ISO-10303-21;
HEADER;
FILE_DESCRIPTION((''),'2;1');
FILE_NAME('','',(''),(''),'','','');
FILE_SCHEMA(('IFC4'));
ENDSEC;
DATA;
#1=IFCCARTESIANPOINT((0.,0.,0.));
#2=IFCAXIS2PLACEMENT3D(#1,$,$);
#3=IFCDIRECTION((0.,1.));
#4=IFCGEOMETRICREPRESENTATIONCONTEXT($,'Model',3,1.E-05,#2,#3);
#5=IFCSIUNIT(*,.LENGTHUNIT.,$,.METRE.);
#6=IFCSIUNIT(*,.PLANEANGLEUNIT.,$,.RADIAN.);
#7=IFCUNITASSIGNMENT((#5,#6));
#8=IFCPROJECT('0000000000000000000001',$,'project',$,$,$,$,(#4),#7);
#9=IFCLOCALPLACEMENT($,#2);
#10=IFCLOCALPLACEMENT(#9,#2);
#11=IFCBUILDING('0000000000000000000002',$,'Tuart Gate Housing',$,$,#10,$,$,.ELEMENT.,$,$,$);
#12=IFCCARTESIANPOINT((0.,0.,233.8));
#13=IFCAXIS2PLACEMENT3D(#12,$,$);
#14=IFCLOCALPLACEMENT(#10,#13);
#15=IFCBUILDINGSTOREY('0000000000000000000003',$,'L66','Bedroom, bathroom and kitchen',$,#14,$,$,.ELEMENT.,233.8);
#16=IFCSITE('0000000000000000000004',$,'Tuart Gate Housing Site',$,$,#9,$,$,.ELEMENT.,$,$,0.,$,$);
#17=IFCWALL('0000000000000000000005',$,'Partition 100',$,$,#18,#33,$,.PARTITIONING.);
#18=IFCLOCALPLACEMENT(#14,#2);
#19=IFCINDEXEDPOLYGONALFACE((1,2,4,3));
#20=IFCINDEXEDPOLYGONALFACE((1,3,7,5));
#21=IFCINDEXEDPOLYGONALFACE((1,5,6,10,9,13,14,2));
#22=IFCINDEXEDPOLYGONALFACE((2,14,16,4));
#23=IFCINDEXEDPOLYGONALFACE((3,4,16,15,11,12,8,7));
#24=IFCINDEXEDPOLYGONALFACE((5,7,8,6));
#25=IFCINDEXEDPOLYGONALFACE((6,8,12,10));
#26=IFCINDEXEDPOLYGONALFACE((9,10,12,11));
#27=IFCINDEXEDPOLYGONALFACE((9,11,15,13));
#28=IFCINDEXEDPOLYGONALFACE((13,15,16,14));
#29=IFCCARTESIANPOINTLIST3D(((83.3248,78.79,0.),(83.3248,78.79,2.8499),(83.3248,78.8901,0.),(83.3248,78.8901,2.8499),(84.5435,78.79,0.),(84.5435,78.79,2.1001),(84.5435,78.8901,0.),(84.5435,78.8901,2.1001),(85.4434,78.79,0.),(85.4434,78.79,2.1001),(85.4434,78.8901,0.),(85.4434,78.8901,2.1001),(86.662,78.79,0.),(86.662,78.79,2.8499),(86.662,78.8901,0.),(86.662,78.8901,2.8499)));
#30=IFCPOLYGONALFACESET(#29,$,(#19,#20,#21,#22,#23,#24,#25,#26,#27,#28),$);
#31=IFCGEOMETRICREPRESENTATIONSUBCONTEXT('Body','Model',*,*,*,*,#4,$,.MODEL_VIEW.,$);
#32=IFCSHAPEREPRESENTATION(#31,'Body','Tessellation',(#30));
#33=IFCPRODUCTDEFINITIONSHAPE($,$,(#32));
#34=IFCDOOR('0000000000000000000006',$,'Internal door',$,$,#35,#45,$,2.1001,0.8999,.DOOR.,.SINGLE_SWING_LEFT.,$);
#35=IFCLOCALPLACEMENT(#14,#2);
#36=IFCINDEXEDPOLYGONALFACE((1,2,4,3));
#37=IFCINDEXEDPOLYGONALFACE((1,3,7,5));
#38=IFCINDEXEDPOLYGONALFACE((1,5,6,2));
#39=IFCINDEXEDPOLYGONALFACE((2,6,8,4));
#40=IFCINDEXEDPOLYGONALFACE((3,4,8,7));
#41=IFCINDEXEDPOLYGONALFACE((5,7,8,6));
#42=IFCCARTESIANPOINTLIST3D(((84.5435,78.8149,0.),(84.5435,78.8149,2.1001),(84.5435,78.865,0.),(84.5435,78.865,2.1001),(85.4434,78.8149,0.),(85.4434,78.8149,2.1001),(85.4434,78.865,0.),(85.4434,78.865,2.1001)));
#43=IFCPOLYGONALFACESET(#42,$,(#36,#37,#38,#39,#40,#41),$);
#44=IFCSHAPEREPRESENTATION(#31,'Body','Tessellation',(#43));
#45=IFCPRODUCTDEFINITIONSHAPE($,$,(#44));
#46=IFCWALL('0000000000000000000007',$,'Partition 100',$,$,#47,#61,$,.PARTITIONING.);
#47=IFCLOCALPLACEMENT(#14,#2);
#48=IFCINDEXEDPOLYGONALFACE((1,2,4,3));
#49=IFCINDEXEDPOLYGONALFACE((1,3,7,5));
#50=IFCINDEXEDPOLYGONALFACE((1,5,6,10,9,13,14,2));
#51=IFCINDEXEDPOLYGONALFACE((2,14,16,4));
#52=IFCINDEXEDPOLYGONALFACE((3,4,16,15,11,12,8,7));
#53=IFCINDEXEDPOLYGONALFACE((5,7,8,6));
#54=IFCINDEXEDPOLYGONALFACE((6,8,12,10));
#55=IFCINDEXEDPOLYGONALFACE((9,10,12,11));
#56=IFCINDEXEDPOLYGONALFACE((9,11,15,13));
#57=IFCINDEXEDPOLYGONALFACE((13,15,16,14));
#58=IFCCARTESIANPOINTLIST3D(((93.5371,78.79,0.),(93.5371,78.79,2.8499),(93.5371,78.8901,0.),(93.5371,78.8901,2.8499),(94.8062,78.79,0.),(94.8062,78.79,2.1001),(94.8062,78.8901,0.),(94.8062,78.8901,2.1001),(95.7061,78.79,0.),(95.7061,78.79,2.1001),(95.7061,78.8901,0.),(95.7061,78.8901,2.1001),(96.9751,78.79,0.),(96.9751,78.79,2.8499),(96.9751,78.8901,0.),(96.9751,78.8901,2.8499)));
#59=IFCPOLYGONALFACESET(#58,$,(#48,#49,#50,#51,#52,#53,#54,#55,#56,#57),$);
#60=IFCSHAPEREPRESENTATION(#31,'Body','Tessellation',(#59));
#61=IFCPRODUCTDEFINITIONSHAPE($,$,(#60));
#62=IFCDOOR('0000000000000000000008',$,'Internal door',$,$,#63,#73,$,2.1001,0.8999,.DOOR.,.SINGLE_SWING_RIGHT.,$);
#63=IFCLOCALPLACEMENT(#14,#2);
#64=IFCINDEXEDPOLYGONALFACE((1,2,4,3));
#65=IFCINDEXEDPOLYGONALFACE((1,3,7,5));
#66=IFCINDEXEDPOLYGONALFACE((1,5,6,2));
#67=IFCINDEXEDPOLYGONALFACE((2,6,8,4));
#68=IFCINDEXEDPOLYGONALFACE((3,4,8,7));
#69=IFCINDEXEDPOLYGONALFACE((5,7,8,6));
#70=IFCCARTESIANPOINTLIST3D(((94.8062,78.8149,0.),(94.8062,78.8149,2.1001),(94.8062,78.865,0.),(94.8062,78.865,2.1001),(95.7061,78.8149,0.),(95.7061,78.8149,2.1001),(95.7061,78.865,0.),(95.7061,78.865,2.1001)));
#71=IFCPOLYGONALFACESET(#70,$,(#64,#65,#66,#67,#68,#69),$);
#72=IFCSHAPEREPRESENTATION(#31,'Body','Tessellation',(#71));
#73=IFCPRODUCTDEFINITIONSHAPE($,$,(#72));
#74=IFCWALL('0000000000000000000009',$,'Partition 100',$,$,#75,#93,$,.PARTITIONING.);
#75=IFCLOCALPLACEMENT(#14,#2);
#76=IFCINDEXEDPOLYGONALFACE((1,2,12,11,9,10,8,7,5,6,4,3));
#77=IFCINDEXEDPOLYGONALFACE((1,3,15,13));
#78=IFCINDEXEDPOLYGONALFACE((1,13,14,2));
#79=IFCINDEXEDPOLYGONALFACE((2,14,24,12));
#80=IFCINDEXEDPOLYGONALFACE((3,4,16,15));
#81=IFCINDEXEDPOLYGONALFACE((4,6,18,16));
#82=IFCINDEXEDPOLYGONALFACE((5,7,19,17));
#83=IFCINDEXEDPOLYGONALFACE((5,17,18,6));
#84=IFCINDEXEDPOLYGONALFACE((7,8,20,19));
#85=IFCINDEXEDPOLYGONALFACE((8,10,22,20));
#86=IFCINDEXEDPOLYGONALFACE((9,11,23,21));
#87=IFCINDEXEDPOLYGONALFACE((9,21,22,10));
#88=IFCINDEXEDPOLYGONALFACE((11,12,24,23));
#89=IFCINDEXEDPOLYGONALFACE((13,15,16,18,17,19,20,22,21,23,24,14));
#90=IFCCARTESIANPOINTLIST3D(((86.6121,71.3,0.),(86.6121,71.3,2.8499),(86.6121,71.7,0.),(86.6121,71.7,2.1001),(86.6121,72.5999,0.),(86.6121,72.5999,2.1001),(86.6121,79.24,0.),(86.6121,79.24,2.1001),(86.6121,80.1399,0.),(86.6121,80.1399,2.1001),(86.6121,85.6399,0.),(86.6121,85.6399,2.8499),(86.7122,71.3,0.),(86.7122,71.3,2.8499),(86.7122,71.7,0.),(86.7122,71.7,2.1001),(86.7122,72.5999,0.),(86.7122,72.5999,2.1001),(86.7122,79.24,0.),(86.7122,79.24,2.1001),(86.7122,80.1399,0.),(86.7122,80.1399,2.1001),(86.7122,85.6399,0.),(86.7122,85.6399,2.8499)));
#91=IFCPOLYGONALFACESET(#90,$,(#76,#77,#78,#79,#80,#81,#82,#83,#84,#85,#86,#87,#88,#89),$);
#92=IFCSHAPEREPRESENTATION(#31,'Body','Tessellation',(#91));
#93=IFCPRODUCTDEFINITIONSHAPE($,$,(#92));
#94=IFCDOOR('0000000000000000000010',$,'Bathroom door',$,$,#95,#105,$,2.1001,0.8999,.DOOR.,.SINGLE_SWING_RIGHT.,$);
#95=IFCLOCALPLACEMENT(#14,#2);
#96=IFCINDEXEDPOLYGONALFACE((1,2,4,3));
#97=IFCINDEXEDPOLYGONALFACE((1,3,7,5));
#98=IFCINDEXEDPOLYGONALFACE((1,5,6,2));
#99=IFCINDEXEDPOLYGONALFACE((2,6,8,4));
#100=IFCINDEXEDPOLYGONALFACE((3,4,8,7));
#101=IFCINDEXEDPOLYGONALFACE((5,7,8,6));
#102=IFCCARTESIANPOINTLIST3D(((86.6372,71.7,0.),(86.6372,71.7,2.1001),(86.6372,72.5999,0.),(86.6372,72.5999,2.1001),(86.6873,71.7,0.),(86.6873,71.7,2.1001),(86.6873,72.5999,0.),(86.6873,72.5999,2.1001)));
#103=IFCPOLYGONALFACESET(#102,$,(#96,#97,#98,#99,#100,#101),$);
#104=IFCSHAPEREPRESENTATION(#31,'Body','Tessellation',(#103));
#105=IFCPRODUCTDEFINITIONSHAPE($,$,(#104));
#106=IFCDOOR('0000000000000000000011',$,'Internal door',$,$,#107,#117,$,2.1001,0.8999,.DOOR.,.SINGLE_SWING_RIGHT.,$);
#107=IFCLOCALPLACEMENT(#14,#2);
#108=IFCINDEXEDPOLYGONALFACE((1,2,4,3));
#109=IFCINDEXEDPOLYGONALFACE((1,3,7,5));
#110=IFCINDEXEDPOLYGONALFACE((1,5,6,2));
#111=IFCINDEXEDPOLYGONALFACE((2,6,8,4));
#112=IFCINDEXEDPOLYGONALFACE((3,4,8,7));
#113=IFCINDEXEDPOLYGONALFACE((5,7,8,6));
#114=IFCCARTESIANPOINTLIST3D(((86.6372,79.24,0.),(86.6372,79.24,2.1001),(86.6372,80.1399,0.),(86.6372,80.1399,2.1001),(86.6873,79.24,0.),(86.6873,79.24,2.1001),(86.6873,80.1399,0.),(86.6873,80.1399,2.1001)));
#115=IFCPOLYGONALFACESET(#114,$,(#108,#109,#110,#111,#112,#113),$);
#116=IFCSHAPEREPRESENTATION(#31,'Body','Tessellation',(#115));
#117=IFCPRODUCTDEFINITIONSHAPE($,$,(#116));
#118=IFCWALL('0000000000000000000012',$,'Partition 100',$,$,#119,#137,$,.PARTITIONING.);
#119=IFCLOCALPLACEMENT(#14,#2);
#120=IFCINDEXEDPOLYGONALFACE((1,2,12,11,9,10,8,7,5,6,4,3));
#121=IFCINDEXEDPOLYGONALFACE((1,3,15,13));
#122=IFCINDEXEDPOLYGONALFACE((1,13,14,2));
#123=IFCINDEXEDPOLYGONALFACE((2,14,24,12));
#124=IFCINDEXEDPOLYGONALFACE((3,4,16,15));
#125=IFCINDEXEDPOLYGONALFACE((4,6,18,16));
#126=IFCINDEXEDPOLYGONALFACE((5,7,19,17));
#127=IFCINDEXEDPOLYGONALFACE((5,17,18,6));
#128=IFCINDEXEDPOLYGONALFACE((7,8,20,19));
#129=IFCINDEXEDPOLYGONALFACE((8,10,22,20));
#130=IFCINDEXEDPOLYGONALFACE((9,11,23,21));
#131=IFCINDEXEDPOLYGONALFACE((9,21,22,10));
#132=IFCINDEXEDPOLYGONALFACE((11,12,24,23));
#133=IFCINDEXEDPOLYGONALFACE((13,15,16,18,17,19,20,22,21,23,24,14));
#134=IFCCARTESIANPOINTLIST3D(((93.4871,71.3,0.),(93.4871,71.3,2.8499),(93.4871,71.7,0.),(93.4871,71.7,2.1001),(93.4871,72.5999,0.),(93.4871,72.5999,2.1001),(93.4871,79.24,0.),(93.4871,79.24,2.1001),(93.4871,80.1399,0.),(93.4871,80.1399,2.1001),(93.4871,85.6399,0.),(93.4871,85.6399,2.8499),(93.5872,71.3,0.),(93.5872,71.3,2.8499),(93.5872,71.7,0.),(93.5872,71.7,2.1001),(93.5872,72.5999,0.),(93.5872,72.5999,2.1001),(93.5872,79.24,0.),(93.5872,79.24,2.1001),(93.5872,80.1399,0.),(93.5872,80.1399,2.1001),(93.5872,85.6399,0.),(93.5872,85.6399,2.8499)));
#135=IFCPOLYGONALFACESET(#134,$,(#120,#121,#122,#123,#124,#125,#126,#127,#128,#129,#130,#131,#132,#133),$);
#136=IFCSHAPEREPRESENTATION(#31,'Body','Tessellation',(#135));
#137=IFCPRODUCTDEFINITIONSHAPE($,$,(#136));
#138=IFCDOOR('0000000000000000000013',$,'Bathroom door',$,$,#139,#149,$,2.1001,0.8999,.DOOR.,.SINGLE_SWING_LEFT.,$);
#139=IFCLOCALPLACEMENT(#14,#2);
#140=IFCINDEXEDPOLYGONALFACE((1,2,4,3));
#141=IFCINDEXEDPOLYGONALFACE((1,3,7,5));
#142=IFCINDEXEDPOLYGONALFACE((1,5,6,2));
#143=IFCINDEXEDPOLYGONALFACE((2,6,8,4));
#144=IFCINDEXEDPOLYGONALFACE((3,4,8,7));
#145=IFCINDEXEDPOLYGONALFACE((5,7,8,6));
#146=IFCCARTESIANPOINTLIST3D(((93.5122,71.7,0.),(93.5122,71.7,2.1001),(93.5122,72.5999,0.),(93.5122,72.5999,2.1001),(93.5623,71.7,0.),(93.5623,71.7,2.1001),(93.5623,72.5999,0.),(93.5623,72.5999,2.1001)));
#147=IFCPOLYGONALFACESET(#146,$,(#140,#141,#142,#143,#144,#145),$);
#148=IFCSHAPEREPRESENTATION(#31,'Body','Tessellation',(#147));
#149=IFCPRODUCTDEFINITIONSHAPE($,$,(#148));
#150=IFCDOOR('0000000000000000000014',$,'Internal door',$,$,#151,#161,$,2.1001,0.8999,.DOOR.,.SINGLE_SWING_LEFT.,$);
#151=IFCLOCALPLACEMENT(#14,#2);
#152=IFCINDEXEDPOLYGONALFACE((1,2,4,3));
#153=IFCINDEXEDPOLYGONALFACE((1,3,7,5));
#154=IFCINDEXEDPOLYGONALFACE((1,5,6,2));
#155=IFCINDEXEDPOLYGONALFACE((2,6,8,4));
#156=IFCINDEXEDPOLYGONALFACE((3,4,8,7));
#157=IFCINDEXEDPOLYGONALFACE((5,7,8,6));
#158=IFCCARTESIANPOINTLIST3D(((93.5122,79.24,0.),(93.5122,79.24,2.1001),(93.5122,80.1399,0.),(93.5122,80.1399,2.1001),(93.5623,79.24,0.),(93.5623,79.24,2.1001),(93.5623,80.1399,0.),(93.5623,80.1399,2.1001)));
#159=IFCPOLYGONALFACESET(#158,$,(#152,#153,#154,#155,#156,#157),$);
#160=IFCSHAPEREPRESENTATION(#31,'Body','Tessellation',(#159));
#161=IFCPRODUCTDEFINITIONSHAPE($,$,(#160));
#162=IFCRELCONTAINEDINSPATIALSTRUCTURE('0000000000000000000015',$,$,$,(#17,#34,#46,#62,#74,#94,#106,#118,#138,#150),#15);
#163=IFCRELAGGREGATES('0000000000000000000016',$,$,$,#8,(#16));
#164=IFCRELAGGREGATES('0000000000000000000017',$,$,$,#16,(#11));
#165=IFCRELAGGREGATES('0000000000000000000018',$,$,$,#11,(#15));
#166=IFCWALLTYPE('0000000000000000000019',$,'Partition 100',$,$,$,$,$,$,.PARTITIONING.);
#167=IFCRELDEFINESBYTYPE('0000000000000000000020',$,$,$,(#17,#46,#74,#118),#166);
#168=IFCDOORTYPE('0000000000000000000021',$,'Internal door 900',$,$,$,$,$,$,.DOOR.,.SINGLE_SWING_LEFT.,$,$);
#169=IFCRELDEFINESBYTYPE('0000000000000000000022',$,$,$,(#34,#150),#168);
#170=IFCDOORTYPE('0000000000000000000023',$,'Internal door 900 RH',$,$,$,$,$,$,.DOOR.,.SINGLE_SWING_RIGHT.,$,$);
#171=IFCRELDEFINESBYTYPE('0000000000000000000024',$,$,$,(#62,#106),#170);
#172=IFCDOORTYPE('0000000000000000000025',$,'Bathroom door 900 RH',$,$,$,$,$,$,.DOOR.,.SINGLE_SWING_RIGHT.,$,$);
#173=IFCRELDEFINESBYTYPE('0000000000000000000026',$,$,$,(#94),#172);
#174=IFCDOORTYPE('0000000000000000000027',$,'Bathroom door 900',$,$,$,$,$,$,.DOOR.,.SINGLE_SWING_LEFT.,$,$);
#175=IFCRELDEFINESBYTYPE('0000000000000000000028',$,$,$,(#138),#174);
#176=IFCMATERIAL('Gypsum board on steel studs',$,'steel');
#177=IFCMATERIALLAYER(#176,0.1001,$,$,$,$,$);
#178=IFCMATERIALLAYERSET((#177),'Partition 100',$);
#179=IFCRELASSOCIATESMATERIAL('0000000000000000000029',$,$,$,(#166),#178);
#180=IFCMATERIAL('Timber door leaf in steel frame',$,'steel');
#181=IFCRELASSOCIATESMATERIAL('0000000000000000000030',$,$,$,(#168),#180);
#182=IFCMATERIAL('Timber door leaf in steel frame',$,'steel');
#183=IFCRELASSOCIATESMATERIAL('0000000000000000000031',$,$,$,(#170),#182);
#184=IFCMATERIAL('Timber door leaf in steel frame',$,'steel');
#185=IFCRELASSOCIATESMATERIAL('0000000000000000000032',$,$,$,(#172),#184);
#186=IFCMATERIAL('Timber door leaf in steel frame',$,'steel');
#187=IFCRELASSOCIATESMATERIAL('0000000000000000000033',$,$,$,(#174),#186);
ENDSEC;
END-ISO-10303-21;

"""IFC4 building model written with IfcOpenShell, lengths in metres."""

from ifc_helpers import new_model, si_unit, direction, frame, frame_2d, origin, place, context, subcontext, project, spatial, rectangle, extrude, material, layer, layer_set, type_object, element, fill, save


model = new_model("IFC4")

# Units and contexts
model_context = context("Model", 3, precision=1e-05, world=origin(), true_north=direction((0.0, 1.0)))
body_context = subcontext(model_context, "Body", "Model", "MODEL_VIEW")
ifc_project = project(units=[si_unit("LENGTHUNIT", "METRE"), si_unit("PLANEANGLEUNIT", "RADIAN")], contexts=[model_context])

# Site, building, storey
site_placement = place(None, origin())
site = spatial("IfcSite", under=ifc_project, at=site_placement, Name="Tuart Gate Housing Site", CompositionType="ELEMENT", RefElevation=0.0)
building_placement = place(site_placement, origin())
building = spatial("IfcBuilding", under=site, at=building_placement, Name="Tuart Gate Housing", CompositionType="ELEMENT")
storey_placement = place(building_placement, frame((0.0, 0.0, 233.8)))
storey = spatial("IfcBuildingStorey", under=building, at=storey_placement, Name="L66", Description="Bedroom, bathroom and kitchen", CompositionType="ELEMENT", Elevation=233.8)

# Shared definitions
ifc_material_1 = material(Name="Gypsum board on steel studs", Category="steel")
ifc_layer_1 = layer(ifc_material_1, 0.1001)
ifc_layer_set_1 = layer_set([ifc_layer_1], Name="Partition 100")
wall_type_1 = type_object("IfcWallType", Name="Partition 100", PredefinedType="PARTITIONING", material=ifc_layer_set_1)

# Walls, openings, doors
wall_1_placement = place(storey_placement, frame((83.325, 78.8401, 0.0), z_axis=(0.0, 0.0, 1.0), x_axis=(1.0, 0.0, 0.0)))
wall_1 = element("IfcWall", 1, at=wall_1_placement, inside=storey, type_object=wall_type_1, Name="Partition 100", PredefinedType="PARTITIONING", context=body_context, shape_type="SweptSolid", body=[
    extrude(rectangle(XDim=3.3372, YDim=0.1001, at=frame_2d((1.6685, 0.0))), origin(), (0.0, 0.0, 1.0), 2.8499),
])
opening_1_placement = place(wall_1_placement, frame((1.2185, 0.0, 0.0)))
opening_1 = element("IfcOpeningElement", 2, at=opening_1_placement, cuts=wall_1, PredefinedType="OPENING", context=body_context, shape_type="SweptSolid", body=[
    extrude(rectangle(XDim=0.8999, YDim=2.1001, at=frame_2d((0.45, 1.05))), frame((0.0, 0.0601, 0.0), z_axis=(0.0, -1.0, 0.0), x_axis=(1.0, 0.0, 0.0)), (0.0, 0.0, 1.0), 0.1201),
])
ifc_material_2 = material(Name="Timber door leaf in steel frame", Category="steel")
door_type_1 = type_object("IfcDoorType", Name="Internal door 900", OperationType="SINGLE_SWING_LEFT", PredefinedType="DOOR", material=ifc_material_2)
door_1_placement = place(opening_1_placement, frame((0.8999, 0.0, 0.0), z_axis=(0.0, 0.0, 1.0), x_axis=(-1.0, 0.0, 0.0)))
door_1 = element("IfcDoor", 3, at=door_1_placement, inside=storey, type_object=door_type_1, Name="Internal door", OperationType="SINGLE_SWING_LEFT", OverallHeight=2.1001, OverallWidth=0.8999, PredefinedType="DOOR", context=body_context, shape_type="SweptSolid", body=[
    extrude(rectangle(XDim=0.8999, YDim=2.1001, at=frame_2d((0.45, 1.05))), frame((0.0, 0.0251, 0.0), z_axis=(0.0, -1.0, 0.0), x_axis=(1.0, 0.0, 0.0)), (0.0, 0.0, 1.0), 0.05),
])
fill(opening_1, door_1)
wall_2_placement = place(storey_placement, frame((93.5371, 78.8401, 0.0), z_axis=(0.0, 0.0, 1.0), x_axis=(1.0, 0.0, 0.0)))
wall_2 = element("IfcWall", 4, at=wall_2_placement, inside=storey, type_object=wall_type_1, Name="Partition 100", PredefinedType="PARTITIONING", context=body_context, shape_type="SweptSolid", body=[
    extrude(rectangle(XDim=3.438, YDim=0.1001, at=frame_2d((1.719, 0.0))), origin(), (0.0, 0.0, 1.0), 2.8499),
])
opening_2_placement = place(wall_2_placement, frame((1.269, 0.0, 0.0)))
opening_2 = element("IfcOpeningElement", 5, at=opening_2_placement, cuts=wall_2, PredefinedType="OPENING", context=body_context, shape_type="SweptSolid", body=[
    extrude(rectangle(XDim=0.8999, YDim=2.1001, at=frame_2d((0.45, 1.05))), frame((0.0, 0.0601, 0.0), z_axis=(0.0, -1.0, 0.0), x_axis=(1.0, 0.0, 0.0)), (0.0, 0.0, 1.0), 0.1201),
])
ifc_material_3 = material(Name="Timber door leaf in steel frame", Category="steel")
door_type_2 = type_object("IfcDoorType", Name="Internal door 900 RH", OperationType="SINGLE_SWING_RIGHT", PredefinedType="DOOR", material=ifc_material_3)
door_2_placement = place(opening_2_placement, frame((0.8999, 0.0, 0.0), z_axis=(0.0, 0.0, 1.0), x_axis=(-1.0, 0.0, 0.0)))
door_2 = element("IfcDoor", 6, at=door_2_placement, inside=storey, type_object=door_type_2, Name="Internal door", OperationType="SINGLE_SWING_RIGHT", OverallHeight=2.1001, OverallWidth=0.8999, PredefinedType="DOOR", context=body_context, shape_type="SweptSolid", body=[
    extrude(rectangle(XDim=0.8999, YDim=2.1001, at=frame_2d((0.45, 1.05))), frame((0.0, 0.0251, 0.0), z_axis=(0.0, -1.0, 0.0), x_axis=(1.0, 0.0, 0.0)), (0.0, 0.0, 1.0), 0.05),
])
fill(opening_2, door_2)

# Walls, openings, doors
wall_3_placement = place(storey_placement, frame((86.6621, 71.3, 0.0), z_axis=(0.0, 0.0, 1.0), x_axis=(0.0, 1.0, 0.0)))
wall_3 = element("IfcWall", 7, at=wall_3_placement, inside=storey, type_object=wall_type_1, Name="Partition 100", PredefinedType="PARTITIONING", context=body_context, shape_type="SweptSolid", body=[
    extrude(rectangle(XDim=14.3398, YDim=0.1001, at=frame_2d((7.1699, 0.0))), origin(), (0.0, 0.0, 1.0), 2.8499),
])
opening_3_placement = place(wall_3_placement, frame((7.9399, 0.0, 0.0)))
opening_3 = element("IfcOpeningElement", 8, at=opening_3_placement, cuts=wall_3, PredefinedType="OPENING", context=body_context, shape_type="SweptSolid", body=[
    extrude(rectangle(XDim=0.8999, YDim=2.1001, at=frame_2d((0.45, 1.05))), frame((0.0, 0.0601, 0.0), z_axis=(0.0, -1.0, 0.0), x_axis=(1.0, 0.0, 0.0)), (0.0, 0.0, 1.0), 0.1201),
])
opening_4_placement = place(wall_3_placement, frame((0.3999, 0.0, 0.0)))
opening_4 = element("IfcOpeningElement", 9, at=opening_4_placement, cuts=wall_3, PredefinedType="OPENING", context=body_context, shape_type="SweptSolid", body=[
    extrude(rectangle(XDim=0.8999, YDim=2.1001, at=frame_2d((0.45, 1.05))), frame((0.0, 0.0601, 0.0), z_axis=(0.0, -1.0, 0.0), x_axis=(1.0, 0.0, 0.0)), (0.0, 0.0, 1.0), 0.1201),
])
ifc_material_4 = material(Name="Timber door leaf in steel frame", Category="steel")
door_type_3 = type_object("IfcDoorType", Name="Bathroom door 900 RH", OperationType="SINGLE_SWING_RIGHT", PredefinedType="DOOR", material=ifc_material_4)
door_3_placement = place(opening_4_placement, frame((0.8999, 0.0, 0.0), z_axis=(0.0, 0.0, 1.0), x_axis=(-1.0, 0.0, 0.0)))
door_3 = element("IfcDoor", 10, at=door_3_placement, inside=storey, type_object=door_type_3, Name="Bathroom door", OperationType="SINGLE_SWING_RIGHT", OverallHeight=2.1001, OverallWidth=0.8999, PredefinedType="DOOR", context=body_context, shape_type="SweptSolid", body=[
    extrude(rectangle(XDim=0.8999, YDim=2.1001, at=frame_2d((0.45, 1.05))), frame((0.0, 0.0251, 0.0), z_axis=(0.0, -1.0, 0.0), x_axis=(1.0, 0.0, 0.0)), (0.0, 0.0, 1.0), 0.05),
])
fill(opening_4, door_3)
door_4_placement = place(opening_3_placement, frame((0.8999, 0.0, 0.0), z_axis=(0.0, 0.0, 1.0), x_axis=(-1.0, 0.0, 0.0)))
door_4 = element("IfcDoor", 11, at=door_4_placement, inside=storey, type_object=door_type_2, Name="Internal door", OperationType="SINGLE_SWING_RIGHT", OverallHeight=2.1001, OverallWidth=0.8999, PredefinedType="DOOR", context=body_context, shape_type="SweptSolid", body=[
    extrude(rectangle(XDim=0.8999, YDim=2.1001, at=frame_2d((0.45, 1.05))), frame((0.0, 0.0251, 0.0), z_axis=(0.0, -1.0, 0.0), x_axis=(1.0, 0.0, 0.0)), (0.0, 0.0, 1.0), 0.05),
])
fill(opening_3, door_4)
wall_4_placement = place(storey_placement, frame((93.5371, 71.3, 0.0), z_axis=(0.0, 0.0, 1.0), x_axis=(0.0, 1.0, 0.0)))
wall_4 = element("IfcWall", 12, at=wall_4_placement, inside=storey, type_object=wall_type_1, Name="Partition 100", PredefinedType="PARTITIONING", context=body_context, shape_type="SweptSolid", body=[
    extrude(rectangle(XDim=14.3398, YDim=0.1001, at=frame_2d((7.1699, 0.0))), origin(), (0.0, 0.0, 1.0), 2.8499),
])
opening_5_placement = place(wall_4_placement, frame((7.9399, 0.0, 0.0)))
opening_5 = element("IfcOpeningElement", 13, at=opening_5_placement, cuts=wall_4, PredefinedType="OPENING", context=body_context, shape_type="SweptSolid", body=[
    extrude(rectangle(XDim=0.8999, YDim=2.1001, at=frame_2d((0.45, 1.05))), frame((0.0, 0.0601, 0.0), z_axis=(0.0, -1.0, 0.0), x_axis=(1.0, 0.0, 0.0)), (0.0, 0.0, 1.0), 0.1201),
])
opening_6_placement = place(wall_4_placement, frame((0.3999, 0.0, 0.0)))
opening_6 = element("IfcOpeningElement", 14, at=opening_6_placement, cuts=wall_4, PredefinedType="OPENING", context=body_context, shape_type="SweptSolid", body=[
    extrude(rectangle(XDim=0.8999, YDim=2.1001, at=frame_2d((0.45, 1.05))), frame((0.0, 0.0601, 0.0), z_axis=(0.0, -1.0, 0.0), x_axis=(1.0, 0.0, 0.0)), (0.0, 0.0, 1.0), 0.1201),
])
ifc_material_5 = material(Name="Timber door leaf in steel frame", Category="steel")
door_type_4 = type_object("IfcDoorType", Name="Bathroom door 900", OperationType="SINGLE_SWING_LEFT", PredefinedType="DOOR", material=ifc_material_5)
door_5_placement = place(opening_6_placement, origin())
door_5 = element("IfcDoor", 15, at=door_5_placement, inside=storey, type_object=door_type_4, Name="Bathroom door", OperationType="SINGLE_SWING_LEFT", OverallHeight=2.1001, OverallWidth=0.8999, PredefinedType="DOOR", context=body_context, shape_type="SweptSolid", body=[
    extrude(rectangle(XDim=0.8999, YDim=2.1001, at=frame_2d((0.45, 1.05))), frame((0.0, 0.0249, 0.0), z_axis=(0.0, -1.0, 0.0), x_axis=(1.0, 0.0, 0.0)), (0.0, 0.0, 1.0), 0.05),
])
fill(opening_6, door_5)
door_6_placement = place(opening_5_placement, origin())
door_6 = element("IfcDoor", 16, at=door_6_placement, inside=storey, type_object=door_type_1, Name="Internal door", OperationType="SINGLE_SWING_LEFT", OverallHeight=2.1001, OverallWidth=0.8999, PredefinedType="DOOR", context=body_context, shape_type="SweptSolid", body=[
    extrude(rectangle(XDim=0.8999, YDim=2.1001, at=frame_2d((0.45, 1.05))), frame((0.0, 0.0249, 0.0), z_axis=(0.0, -1.0, 0.0), x_axis=(1.0, 0.0, 0.0)), (0.0, 0.0, 1.0), 0.05),
])
fill(opening_5, door_6)

save(model, "model.ifc")
